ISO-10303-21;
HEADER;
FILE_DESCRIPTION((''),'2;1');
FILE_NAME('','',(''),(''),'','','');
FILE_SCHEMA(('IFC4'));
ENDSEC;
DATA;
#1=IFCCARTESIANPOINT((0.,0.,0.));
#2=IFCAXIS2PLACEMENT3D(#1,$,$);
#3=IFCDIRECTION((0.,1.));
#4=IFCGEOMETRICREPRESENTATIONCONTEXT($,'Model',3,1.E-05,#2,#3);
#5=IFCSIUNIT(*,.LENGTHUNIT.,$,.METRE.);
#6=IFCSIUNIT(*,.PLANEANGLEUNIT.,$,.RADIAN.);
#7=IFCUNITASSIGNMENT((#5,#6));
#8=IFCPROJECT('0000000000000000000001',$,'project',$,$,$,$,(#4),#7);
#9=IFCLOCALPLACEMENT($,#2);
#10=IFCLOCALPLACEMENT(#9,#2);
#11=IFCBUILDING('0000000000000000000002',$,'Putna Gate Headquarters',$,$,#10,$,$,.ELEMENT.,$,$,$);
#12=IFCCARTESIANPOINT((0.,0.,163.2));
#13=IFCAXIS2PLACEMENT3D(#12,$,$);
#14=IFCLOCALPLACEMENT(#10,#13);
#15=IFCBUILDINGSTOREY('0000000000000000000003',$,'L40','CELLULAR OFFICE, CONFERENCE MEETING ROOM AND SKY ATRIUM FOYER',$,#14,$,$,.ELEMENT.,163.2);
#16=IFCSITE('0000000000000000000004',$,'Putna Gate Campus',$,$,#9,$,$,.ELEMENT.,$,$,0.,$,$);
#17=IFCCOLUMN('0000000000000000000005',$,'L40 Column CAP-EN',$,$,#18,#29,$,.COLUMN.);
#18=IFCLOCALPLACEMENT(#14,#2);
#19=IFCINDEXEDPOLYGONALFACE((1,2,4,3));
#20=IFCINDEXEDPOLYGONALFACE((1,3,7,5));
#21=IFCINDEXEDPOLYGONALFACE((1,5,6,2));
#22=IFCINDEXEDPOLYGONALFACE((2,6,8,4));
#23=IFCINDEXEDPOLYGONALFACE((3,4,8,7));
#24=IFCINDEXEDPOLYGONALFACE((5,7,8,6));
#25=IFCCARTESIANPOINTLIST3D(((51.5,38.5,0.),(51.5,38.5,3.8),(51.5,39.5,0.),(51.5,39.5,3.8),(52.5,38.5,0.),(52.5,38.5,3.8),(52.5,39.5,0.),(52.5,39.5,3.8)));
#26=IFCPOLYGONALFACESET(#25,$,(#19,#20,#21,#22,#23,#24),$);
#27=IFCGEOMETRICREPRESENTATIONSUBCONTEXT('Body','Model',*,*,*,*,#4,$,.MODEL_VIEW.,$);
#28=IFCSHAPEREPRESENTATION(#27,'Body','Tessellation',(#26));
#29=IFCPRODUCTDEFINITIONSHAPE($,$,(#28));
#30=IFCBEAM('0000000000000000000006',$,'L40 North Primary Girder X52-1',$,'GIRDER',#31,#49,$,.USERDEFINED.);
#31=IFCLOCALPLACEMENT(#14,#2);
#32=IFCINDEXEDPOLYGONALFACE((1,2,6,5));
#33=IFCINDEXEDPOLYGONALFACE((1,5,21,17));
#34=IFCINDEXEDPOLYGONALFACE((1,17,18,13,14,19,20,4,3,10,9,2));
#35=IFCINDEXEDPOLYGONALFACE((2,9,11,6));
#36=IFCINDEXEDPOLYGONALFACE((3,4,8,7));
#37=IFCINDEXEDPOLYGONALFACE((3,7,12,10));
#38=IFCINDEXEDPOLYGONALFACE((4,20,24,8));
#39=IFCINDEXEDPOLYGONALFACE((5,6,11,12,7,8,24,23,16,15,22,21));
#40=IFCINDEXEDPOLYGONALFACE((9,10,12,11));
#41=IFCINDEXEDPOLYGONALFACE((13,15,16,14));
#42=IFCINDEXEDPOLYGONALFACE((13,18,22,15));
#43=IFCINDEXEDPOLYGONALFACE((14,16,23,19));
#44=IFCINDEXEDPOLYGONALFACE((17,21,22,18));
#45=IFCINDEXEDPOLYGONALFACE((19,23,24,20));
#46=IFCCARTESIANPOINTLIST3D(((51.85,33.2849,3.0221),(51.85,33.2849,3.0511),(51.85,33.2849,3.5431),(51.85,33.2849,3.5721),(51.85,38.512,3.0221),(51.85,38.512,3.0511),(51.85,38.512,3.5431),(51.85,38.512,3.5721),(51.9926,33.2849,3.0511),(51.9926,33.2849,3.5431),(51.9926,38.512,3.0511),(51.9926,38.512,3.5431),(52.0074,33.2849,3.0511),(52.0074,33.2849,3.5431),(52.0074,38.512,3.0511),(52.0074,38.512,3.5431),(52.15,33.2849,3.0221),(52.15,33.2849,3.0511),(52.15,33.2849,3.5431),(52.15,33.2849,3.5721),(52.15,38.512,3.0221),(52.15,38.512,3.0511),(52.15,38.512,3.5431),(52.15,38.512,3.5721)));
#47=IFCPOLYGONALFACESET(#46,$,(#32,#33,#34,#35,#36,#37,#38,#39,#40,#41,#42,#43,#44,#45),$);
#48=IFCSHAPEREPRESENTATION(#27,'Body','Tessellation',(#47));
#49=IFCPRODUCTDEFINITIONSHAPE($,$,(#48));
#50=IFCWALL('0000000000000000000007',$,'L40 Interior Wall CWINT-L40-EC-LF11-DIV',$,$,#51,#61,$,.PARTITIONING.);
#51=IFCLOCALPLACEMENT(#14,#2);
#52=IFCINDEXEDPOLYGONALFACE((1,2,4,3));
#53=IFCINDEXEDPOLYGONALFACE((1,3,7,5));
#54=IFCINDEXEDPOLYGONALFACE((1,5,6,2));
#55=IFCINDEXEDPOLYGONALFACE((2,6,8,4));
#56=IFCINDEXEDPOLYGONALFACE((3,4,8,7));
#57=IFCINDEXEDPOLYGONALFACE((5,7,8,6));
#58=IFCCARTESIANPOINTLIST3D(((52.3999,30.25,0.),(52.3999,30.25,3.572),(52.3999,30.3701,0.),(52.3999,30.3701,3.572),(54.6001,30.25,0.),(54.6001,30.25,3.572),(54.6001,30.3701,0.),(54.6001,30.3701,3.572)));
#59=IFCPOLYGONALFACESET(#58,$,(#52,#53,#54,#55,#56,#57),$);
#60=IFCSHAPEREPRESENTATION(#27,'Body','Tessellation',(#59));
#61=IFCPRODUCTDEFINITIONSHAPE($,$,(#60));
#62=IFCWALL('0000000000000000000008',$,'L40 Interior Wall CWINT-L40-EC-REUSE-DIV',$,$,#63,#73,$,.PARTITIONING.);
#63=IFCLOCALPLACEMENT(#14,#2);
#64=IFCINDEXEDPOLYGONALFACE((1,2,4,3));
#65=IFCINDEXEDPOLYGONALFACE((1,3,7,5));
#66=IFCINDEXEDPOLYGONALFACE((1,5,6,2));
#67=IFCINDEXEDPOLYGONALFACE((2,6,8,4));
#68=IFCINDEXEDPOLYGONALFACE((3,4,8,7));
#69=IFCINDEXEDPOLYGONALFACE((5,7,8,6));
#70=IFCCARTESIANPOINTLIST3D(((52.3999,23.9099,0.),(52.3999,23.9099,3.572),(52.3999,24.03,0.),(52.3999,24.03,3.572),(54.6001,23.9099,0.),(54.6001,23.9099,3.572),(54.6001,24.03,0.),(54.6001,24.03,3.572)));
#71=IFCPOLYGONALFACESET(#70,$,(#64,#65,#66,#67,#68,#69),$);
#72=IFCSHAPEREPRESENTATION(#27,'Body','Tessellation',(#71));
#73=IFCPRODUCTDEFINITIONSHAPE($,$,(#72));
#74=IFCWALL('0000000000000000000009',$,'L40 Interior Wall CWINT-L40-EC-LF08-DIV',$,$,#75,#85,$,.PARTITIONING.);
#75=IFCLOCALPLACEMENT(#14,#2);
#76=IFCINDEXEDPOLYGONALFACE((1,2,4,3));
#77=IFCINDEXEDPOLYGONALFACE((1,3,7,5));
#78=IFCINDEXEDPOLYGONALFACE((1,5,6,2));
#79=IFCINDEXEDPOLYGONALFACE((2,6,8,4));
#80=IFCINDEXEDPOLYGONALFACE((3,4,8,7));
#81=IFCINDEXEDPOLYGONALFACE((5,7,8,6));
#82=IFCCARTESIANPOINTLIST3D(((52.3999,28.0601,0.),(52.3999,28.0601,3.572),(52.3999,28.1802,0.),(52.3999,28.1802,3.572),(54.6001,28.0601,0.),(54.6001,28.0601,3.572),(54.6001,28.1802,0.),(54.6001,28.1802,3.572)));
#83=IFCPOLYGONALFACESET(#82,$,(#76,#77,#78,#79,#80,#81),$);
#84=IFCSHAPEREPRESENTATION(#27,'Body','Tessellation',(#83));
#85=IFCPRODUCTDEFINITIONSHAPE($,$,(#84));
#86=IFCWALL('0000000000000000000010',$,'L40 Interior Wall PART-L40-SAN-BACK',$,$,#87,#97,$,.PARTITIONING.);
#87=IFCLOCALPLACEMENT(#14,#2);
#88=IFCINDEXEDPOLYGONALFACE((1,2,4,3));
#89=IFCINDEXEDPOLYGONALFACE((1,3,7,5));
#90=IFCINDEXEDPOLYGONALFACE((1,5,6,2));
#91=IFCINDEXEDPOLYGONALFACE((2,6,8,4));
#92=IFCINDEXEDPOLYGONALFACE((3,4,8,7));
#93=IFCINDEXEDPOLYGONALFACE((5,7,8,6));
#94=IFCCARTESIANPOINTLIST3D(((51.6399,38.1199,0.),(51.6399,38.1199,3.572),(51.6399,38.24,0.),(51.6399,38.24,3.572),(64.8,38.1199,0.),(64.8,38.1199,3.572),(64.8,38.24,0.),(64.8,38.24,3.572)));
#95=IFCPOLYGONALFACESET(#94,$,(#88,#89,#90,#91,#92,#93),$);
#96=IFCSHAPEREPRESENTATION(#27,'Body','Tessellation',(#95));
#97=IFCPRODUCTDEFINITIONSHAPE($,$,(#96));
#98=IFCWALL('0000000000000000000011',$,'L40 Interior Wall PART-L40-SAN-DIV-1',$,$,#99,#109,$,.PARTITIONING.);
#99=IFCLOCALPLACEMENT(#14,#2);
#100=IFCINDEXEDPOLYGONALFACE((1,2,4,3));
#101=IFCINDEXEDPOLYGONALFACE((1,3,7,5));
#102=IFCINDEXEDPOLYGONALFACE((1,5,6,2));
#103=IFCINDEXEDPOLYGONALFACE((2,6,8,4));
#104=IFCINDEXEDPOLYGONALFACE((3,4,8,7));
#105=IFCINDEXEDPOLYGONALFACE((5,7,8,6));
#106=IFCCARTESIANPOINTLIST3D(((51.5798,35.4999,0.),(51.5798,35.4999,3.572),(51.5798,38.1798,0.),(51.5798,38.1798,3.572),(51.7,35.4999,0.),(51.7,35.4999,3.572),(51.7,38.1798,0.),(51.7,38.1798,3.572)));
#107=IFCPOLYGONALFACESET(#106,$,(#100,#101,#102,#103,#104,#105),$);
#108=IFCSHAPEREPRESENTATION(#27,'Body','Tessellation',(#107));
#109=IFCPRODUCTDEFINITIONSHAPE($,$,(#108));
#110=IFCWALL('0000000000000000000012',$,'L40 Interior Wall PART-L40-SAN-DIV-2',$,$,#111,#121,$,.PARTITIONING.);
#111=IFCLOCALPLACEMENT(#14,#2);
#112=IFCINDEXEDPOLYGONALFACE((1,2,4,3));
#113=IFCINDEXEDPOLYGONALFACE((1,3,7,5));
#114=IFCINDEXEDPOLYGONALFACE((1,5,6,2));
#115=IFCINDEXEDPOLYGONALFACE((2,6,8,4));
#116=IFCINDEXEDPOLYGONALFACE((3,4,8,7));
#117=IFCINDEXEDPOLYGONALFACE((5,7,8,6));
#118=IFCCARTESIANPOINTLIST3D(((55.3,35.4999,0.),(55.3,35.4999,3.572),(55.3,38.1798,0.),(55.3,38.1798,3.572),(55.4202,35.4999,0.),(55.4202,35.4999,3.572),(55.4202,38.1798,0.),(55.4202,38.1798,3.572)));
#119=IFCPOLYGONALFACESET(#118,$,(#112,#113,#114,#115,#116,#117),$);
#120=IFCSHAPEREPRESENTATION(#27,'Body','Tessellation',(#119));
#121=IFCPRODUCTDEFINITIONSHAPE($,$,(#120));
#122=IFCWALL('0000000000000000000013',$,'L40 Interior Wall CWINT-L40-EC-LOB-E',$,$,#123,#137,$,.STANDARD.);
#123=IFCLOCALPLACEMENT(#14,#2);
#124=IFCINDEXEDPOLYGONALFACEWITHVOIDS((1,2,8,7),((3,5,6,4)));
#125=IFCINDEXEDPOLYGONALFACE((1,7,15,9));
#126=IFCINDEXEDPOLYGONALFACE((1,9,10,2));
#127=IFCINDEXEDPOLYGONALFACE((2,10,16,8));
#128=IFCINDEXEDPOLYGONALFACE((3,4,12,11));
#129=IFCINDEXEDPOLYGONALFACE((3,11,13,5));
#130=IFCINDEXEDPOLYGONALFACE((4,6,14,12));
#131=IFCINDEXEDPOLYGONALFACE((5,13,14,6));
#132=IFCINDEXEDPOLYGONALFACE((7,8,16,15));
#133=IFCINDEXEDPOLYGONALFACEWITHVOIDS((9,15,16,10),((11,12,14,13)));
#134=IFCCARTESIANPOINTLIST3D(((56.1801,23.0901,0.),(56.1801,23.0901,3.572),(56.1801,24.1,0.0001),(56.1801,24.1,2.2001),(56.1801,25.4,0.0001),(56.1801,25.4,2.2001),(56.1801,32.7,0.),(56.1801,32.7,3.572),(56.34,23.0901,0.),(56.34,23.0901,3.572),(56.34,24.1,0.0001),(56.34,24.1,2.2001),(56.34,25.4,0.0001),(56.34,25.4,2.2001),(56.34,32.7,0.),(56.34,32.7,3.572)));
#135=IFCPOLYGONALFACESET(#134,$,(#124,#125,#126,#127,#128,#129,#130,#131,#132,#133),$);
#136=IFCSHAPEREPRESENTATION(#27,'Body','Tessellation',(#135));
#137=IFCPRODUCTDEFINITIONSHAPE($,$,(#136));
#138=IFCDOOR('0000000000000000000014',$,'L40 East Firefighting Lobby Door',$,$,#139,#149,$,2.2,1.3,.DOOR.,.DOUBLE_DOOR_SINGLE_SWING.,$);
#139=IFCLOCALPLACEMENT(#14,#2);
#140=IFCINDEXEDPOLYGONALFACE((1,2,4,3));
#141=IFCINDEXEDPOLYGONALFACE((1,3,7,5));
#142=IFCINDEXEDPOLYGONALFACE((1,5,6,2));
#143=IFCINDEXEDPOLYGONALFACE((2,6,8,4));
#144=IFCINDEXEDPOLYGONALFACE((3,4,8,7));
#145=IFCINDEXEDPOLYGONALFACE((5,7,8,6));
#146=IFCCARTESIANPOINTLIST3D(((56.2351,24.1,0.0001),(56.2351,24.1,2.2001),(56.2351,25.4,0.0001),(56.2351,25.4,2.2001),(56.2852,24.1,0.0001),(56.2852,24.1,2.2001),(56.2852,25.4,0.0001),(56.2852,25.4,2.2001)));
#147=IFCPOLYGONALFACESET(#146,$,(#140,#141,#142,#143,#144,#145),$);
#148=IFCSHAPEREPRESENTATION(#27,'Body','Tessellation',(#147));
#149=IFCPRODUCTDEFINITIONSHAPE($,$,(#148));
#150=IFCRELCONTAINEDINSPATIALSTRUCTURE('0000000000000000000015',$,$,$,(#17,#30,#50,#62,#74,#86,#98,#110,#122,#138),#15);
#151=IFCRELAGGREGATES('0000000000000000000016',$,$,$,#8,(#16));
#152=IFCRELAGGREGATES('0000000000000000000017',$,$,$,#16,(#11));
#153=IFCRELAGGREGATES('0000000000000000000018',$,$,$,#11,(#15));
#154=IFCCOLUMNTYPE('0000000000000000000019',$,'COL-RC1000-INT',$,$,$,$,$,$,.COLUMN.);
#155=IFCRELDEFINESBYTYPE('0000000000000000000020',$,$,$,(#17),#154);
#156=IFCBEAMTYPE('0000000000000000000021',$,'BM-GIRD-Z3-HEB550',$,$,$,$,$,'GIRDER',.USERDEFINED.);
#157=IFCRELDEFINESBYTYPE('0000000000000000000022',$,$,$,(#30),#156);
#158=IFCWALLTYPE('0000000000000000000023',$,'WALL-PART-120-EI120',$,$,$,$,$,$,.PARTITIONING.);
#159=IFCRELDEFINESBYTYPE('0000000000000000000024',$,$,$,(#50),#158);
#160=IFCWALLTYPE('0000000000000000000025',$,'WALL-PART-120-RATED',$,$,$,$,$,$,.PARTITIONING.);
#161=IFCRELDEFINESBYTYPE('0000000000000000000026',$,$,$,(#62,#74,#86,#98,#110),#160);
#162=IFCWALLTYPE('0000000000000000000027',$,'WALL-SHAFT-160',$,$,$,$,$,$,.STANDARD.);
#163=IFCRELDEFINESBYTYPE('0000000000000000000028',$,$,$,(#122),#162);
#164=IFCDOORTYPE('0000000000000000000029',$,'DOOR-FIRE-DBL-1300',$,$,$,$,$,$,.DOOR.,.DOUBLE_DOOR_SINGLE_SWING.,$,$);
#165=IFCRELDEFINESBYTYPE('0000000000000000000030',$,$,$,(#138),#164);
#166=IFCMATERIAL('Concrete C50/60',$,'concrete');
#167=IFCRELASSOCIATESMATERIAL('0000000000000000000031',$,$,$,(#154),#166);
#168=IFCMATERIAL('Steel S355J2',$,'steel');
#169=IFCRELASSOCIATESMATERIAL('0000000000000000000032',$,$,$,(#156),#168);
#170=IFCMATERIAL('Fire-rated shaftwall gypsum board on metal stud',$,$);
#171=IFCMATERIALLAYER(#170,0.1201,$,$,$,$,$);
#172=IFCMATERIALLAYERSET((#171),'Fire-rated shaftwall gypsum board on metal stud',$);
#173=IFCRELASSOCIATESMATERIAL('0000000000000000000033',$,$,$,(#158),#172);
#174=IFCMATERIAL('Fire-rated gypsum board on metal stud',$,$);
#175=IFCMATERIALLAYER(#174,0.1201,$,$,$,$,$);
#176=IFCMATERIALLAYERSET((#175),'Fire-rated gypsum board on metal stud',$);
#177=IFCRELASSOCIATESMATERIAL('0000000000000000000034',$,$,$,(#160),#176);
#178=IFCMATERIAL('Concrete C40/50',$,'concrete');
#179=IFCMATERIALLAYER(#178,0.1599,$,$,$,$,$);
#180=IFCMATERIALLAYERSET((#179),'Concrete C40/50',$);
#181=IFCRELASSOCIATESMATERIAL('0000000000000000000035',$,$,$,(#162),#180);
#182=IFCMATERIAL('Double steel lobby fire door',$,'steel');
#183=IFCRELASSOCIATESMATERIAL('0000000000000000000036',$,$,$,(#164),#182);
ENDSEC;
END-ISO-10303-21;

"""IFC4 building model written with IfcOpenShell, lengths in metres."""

from ifc_helpers import new_model, si_unit, direction, frame, frame_2d, origin, origin_2d, place, context, subcontext, project, spatial, rectangle, i_section, extrude, material, layer, layer_set, material_profile, profile_set, type_object, element, fill, save


model = new_model("IFC4")

# Units and contexts
model_context = context("Model", 3, precision=1e-05, world=origin(), true_north=direction((0.0, 1.0)))
body_context = subcontext(model_context, "Body", "Model", "MODEL_VIEW")
ifc_project = project(units=[si_unit("LENGTHUNIT", "METRE"), si_unit("PLANEANGLEUNIT", "RADIAN")], contexts=[model_context])

# Site, building, storey
site_placement = place(None, origin())
site = spatial("IfcSite", under=ifc_project, at=site_placement, Name="Putna Gate Campus", CompositionType="ELEMENT", RefElevation=0.0)
building_placement = place(site_placement, origin())
building = spatial("IfcBuilding", under=site, at=building_placement, Name="Putna Gate Headquarters", CompositionType="ELEMENT")
storey_placement = place(building_placement, frame((0.0, 0.0, 163.2)))
storey = spatial("IfcBuildingStorey", under=building, at=storey_placement, Name="L40", Description="CELLULAR OFFICE, CONFERENCE MEETING ROOM AND SKY ATRIUM FOYER", CompositionType="ELEMENT", Elevation=163.2)

# Column
ifc_material_1 = material(Name="Concrete C50/60", Category="concrete")
ifc_material_profile_1 = material_profile(ifc_material_1, rectangle(XDim=1.0, YDim=1.0, at=origin_2d()), Name="Concrete C50/60")
ifc_profile_set_1 = profile_set([ifc_material_profile_1], Name="Concrete C50/60")
column_type = type_object("IfcColumnType", Name="COL-RC1000-INT", PredefinedType="COLUMN", material=ifc_profile_set_1)
column_placement = place(storey_placement, frame((52.0, 39.0, 0.0), z_axis=(0.0, 0.0, 1.0), x_axis=(1.0, 0.0, 0.0)))
element("IfcColumn", 1, at=column_placement, inside=storey, type_object=column_type, Name="L40 Column CAP-EN", PredefinedType="COLUMN", context=body_context, shape_type="SweptSolid", body=[
    extrude(rectangle(XDim=1.0, YDim=1.0, at=origin_2d()), origin(), (0.0, 0.0, 1.0), 3.8),
])

# Beam
ifc_material_2 = material(Name="Steel S355J2", Category="steel")
ifc_material_profile_2 = material_profile(ifc_material_2, i_section(OverallWidth=0.3, OverallDepth=0.55, WebThickness=0.0149, FlangeThickness=0.0291, at=origin_2d()), Name="Steel S355J2")
ifc_profile_set_2 = profile_set([ifc_material_profile_2], Name="Steel S355J2")
beam_type = type_object("IfcBeamType", Name="BM-GIRD-Z3-HEB550", ElementType="GIRDER", PredefinedType="USERDEFINED", material=ifc_profile_set_2)
beam_placement = place(storey_placement, frame((52.0, 33.2849, 3.2971), z_axis=(0.0, 1.0, 0.0), x_axis=(-1.0, 0.0, 0.0)))
element("IfcBeam", 2, at=beam_placement, inside=storey, type_object=beam_type, Name="L40 North Primary Girder X52-1", ObjectType="GIRDER", PredefinedType="USERDEFINED", context=body_context, shape_type="SweptSolid", body=[
    extrude(i_section(OverallWidth=0.3, OverallDepth=0.55, WebThickness=0.0149, FlangeThickness=0.0291, at=origin_2d()), origin(), (0.0, 0.0, 1.0), 5.2271),
])

# Walls
ifc_material_3 = material(Name="Fire-rated shaftwall gypsum board on metal stud")
ifc_layer_1 = layer(ifc_material_3, 0.1201)
ifc_layer_set_1 = layer_set([ifc_layer_1], Name="Fire-rated shaftwall gypsum board on metal stud")
wall_type_1 = type_object("IfcWallType", Name="WALL-PART-120-EI120", PredefinedType="PARTITIONING", material=ifc_layer_set_1)
wall_1_placement = place(storey_placement, frame((52.3999, 30.3101, 0.0), z_axis=(0.0, 0.0, 1.0), x_axis=(1.0, 0.0, 0.0)))
element("IfcWall", 3, at=wall_1_placement, inside=storey, type_object=wall_type_1, Name="L40 Interior Wall CWINT-L40-EC-LF11-DIV", PredefinedType="PARTITIONING", context=body_context, shape_type="SweptSolid", body=[
    extrude(rectangle(XDim=2.2002, YDim=0.1201, at=frame_2d((1.1001, 0.0))), origin(), (0.0, 0.0, 1.0), 3.572),
])
ifc_material_4 = material(Name="Fire-rated gypsum board on metal stud")
ifc_layer_2 = layer(ifc_material_4, 0.1201)
ifc_layer_set_2 = layer_set([ifc_layer_2], Name="Fire-rated gypsum board on metal stud")
wall_type_2 = type_object("IfcWallType", Name="WALL-PART-120-RATED", PredefinedType="PARTITIONING", material=ifc_layer_set_2)
for number, where, z_axis, x_axis, name in (
    (4, (52.3999, 23.97, 0.0), (0.0, 0.0, 1.0), (1.0, 0.0, 0.0), "L40 Interior Wall CWINT-L40-EC-REUSE-DIV"),
    (5, (52.3999, 28.1201, 0.0), (0.0, 0.0, 1.0), (1.0, 0.0, 0.0), "L40 Interior Wall CWINT-L40-EC-LF08-DIV"),
):
    element("IfcWall", number, at=place(storey_placement, frame(where, z_axis=z_axis, x_axis=x_axis)), inside=storey, type_object=wall_type_2, Name=name, PredefinedType="PARTITIONING", context=body_context, shape_type="SweptSolid", body=[
        extrude(rectangle(XDim=2.2002, YDim=0.1201, at=frame_2d((1.1001, 0.0))), origin(), (0.0, 0.0, 1.0), 3.572),
    ])

# Walls
wall_2_placement = place(storey_placement, frame((51.6399, 38.1799, 0.0), z_axis=(0.0, 0.0, 1.0), x_axis=(1.0, 0.0, 0.0)))
element("IfcWall", 6, at=wall_2_placement, inside=storey, type_object=wall_type_2, Name="L40 Interior Wall PART-L40-SAN-BACK", PredefinedType="PARTITIONING", context=body_context, shape_type="SweptSolid", body=[
    extrude(rectangle(XDim=13.1602, YDim=0.1201, at=frame_2d((6.5801, 0.0))), origin(), (0.0, 0.0, 1.0), 3.572),
])
for number, where, z_axis, x_axis, name in (
    (7, (51.6399, 35.5, 0.0), (0.0, 0.0, 1.0), (0.0, 1.0, 0.0), "L40 Interior Wall PART-L40-SAN-DIV-1"),
    (8, (55.3601, 35.5, 0.0), (0.0, 0.0, 1.0), (0.0, 1.0, 0.0), "L40 Interior Wall PART-L40-SAN-DIV-2"),
):
    element("IfcWall", number, at=place(storey_placement, frame(where, z_axis=z_axis, x_axis=x_axis)), inside=storey, type_object=wall_type_2, Name=name, PredefinedType="PARTITIONING", context=body_context, shape_type="SweptSolid", body=[
        extrude(rectangle(XDim=2.6799, YDim=0.1201, at=frame_2d((1.3398, 0.0))), origin(), (0.0, 0.0, 1.0), 3.572),
    ])

# Wall, opening, door
ifc_material_5 = material(Name="Concrete C40/50", Category="concrete")
ifc_layer_3 = layer(ifc_material_5, 0.1599)
ifc_layer_set_3 = layer_set([ifc_layer_3], Name="Concrete C40/50")
wall_type_3 = type_object("IfcWallType", Name="WALL-SHAFT-160", PredefinedType="STANDARD", material=ifc_layer_set_3)
wall_3_placement = place(storey_placement, frame((56.26, 23.0901, 0.0), z_axis=(0.0, 0.0, 1.0), x_axis=(0.0, 1.0, 0.0)))
wall_3 = element("IfcWall", 9, at=wall_3_placement, inside=storey, type_object=wall_type_3, Name="L40 Interior Wall CWINT-L40-EC-LOB-E", PredefinedType="STANDARD", context=body_context, shape_type="SweptSolid", body=[
    extrude(rectangle(XDim=9.6099, YDim=0.1599, at=frame_2d((4.8049, 0.0))), origin(), (0.0, 0.0, 1.0), 3.572),
])
opening_1_placement = place(wall_3_placement, frame((1.01, 0.0, 0.0)))
opening_1 = element("IfcOpeningElement", 10, at=opening_1_placement, cuts=wall_3, PredefinedType="OPENING", context=body_context, shape_type="SweptSolid", body=[
    extrude(rectangle(XDim=1.3, YDim=2.2, at=frame_2d((0.6499, 1.1001))), frame((0.0, 0.0898, 0.0), z_axis=(0.0, -1.0, 0.0), x_axis=(1.0, 0.0, 0.0)), (0.0, 0.0, 1.0), 0.1799),
])
ifc_material_6 = material(Name="Double steel lobby fire door", Category="steel")
door_type_1 = type_object("IfcDoorType", Name="DOOR-FIRE-DBL-1300", OperationType="DOUBLE_DOOR_SINGLE_SWING", PredefinedType="DOOR", material=ifc_material_6)
door_1_placement = place(opening_1_placement, origin())
door_1 = element("IfcDoor", 11, at=door_1_placement, inside=storey, type_object=door_type_1, Name="L40 East Firefighting Lobby Door", OperationType="DOUBLE_DOOR_SINGLE_SWING", OverallHeight=2.2, OverallWidth=1.3, PredefinedType="DOOR", context=body_context, shape_type="SweptSolid", body=[
    extrude(rectangle(XDim=1.3, YDim=2.2, at=frame_2d((0.6499, 1.1001))), frame((0.0, 0.0249, 0.0), z_axis=(0.0, -1.0, 0.0), x_axis=(1.0, 0.0, 0.0)), (0.0, 0.0, 1.0), 0.05),
])
fill(opening_1, door_1)

save(model, "model.ifc")
